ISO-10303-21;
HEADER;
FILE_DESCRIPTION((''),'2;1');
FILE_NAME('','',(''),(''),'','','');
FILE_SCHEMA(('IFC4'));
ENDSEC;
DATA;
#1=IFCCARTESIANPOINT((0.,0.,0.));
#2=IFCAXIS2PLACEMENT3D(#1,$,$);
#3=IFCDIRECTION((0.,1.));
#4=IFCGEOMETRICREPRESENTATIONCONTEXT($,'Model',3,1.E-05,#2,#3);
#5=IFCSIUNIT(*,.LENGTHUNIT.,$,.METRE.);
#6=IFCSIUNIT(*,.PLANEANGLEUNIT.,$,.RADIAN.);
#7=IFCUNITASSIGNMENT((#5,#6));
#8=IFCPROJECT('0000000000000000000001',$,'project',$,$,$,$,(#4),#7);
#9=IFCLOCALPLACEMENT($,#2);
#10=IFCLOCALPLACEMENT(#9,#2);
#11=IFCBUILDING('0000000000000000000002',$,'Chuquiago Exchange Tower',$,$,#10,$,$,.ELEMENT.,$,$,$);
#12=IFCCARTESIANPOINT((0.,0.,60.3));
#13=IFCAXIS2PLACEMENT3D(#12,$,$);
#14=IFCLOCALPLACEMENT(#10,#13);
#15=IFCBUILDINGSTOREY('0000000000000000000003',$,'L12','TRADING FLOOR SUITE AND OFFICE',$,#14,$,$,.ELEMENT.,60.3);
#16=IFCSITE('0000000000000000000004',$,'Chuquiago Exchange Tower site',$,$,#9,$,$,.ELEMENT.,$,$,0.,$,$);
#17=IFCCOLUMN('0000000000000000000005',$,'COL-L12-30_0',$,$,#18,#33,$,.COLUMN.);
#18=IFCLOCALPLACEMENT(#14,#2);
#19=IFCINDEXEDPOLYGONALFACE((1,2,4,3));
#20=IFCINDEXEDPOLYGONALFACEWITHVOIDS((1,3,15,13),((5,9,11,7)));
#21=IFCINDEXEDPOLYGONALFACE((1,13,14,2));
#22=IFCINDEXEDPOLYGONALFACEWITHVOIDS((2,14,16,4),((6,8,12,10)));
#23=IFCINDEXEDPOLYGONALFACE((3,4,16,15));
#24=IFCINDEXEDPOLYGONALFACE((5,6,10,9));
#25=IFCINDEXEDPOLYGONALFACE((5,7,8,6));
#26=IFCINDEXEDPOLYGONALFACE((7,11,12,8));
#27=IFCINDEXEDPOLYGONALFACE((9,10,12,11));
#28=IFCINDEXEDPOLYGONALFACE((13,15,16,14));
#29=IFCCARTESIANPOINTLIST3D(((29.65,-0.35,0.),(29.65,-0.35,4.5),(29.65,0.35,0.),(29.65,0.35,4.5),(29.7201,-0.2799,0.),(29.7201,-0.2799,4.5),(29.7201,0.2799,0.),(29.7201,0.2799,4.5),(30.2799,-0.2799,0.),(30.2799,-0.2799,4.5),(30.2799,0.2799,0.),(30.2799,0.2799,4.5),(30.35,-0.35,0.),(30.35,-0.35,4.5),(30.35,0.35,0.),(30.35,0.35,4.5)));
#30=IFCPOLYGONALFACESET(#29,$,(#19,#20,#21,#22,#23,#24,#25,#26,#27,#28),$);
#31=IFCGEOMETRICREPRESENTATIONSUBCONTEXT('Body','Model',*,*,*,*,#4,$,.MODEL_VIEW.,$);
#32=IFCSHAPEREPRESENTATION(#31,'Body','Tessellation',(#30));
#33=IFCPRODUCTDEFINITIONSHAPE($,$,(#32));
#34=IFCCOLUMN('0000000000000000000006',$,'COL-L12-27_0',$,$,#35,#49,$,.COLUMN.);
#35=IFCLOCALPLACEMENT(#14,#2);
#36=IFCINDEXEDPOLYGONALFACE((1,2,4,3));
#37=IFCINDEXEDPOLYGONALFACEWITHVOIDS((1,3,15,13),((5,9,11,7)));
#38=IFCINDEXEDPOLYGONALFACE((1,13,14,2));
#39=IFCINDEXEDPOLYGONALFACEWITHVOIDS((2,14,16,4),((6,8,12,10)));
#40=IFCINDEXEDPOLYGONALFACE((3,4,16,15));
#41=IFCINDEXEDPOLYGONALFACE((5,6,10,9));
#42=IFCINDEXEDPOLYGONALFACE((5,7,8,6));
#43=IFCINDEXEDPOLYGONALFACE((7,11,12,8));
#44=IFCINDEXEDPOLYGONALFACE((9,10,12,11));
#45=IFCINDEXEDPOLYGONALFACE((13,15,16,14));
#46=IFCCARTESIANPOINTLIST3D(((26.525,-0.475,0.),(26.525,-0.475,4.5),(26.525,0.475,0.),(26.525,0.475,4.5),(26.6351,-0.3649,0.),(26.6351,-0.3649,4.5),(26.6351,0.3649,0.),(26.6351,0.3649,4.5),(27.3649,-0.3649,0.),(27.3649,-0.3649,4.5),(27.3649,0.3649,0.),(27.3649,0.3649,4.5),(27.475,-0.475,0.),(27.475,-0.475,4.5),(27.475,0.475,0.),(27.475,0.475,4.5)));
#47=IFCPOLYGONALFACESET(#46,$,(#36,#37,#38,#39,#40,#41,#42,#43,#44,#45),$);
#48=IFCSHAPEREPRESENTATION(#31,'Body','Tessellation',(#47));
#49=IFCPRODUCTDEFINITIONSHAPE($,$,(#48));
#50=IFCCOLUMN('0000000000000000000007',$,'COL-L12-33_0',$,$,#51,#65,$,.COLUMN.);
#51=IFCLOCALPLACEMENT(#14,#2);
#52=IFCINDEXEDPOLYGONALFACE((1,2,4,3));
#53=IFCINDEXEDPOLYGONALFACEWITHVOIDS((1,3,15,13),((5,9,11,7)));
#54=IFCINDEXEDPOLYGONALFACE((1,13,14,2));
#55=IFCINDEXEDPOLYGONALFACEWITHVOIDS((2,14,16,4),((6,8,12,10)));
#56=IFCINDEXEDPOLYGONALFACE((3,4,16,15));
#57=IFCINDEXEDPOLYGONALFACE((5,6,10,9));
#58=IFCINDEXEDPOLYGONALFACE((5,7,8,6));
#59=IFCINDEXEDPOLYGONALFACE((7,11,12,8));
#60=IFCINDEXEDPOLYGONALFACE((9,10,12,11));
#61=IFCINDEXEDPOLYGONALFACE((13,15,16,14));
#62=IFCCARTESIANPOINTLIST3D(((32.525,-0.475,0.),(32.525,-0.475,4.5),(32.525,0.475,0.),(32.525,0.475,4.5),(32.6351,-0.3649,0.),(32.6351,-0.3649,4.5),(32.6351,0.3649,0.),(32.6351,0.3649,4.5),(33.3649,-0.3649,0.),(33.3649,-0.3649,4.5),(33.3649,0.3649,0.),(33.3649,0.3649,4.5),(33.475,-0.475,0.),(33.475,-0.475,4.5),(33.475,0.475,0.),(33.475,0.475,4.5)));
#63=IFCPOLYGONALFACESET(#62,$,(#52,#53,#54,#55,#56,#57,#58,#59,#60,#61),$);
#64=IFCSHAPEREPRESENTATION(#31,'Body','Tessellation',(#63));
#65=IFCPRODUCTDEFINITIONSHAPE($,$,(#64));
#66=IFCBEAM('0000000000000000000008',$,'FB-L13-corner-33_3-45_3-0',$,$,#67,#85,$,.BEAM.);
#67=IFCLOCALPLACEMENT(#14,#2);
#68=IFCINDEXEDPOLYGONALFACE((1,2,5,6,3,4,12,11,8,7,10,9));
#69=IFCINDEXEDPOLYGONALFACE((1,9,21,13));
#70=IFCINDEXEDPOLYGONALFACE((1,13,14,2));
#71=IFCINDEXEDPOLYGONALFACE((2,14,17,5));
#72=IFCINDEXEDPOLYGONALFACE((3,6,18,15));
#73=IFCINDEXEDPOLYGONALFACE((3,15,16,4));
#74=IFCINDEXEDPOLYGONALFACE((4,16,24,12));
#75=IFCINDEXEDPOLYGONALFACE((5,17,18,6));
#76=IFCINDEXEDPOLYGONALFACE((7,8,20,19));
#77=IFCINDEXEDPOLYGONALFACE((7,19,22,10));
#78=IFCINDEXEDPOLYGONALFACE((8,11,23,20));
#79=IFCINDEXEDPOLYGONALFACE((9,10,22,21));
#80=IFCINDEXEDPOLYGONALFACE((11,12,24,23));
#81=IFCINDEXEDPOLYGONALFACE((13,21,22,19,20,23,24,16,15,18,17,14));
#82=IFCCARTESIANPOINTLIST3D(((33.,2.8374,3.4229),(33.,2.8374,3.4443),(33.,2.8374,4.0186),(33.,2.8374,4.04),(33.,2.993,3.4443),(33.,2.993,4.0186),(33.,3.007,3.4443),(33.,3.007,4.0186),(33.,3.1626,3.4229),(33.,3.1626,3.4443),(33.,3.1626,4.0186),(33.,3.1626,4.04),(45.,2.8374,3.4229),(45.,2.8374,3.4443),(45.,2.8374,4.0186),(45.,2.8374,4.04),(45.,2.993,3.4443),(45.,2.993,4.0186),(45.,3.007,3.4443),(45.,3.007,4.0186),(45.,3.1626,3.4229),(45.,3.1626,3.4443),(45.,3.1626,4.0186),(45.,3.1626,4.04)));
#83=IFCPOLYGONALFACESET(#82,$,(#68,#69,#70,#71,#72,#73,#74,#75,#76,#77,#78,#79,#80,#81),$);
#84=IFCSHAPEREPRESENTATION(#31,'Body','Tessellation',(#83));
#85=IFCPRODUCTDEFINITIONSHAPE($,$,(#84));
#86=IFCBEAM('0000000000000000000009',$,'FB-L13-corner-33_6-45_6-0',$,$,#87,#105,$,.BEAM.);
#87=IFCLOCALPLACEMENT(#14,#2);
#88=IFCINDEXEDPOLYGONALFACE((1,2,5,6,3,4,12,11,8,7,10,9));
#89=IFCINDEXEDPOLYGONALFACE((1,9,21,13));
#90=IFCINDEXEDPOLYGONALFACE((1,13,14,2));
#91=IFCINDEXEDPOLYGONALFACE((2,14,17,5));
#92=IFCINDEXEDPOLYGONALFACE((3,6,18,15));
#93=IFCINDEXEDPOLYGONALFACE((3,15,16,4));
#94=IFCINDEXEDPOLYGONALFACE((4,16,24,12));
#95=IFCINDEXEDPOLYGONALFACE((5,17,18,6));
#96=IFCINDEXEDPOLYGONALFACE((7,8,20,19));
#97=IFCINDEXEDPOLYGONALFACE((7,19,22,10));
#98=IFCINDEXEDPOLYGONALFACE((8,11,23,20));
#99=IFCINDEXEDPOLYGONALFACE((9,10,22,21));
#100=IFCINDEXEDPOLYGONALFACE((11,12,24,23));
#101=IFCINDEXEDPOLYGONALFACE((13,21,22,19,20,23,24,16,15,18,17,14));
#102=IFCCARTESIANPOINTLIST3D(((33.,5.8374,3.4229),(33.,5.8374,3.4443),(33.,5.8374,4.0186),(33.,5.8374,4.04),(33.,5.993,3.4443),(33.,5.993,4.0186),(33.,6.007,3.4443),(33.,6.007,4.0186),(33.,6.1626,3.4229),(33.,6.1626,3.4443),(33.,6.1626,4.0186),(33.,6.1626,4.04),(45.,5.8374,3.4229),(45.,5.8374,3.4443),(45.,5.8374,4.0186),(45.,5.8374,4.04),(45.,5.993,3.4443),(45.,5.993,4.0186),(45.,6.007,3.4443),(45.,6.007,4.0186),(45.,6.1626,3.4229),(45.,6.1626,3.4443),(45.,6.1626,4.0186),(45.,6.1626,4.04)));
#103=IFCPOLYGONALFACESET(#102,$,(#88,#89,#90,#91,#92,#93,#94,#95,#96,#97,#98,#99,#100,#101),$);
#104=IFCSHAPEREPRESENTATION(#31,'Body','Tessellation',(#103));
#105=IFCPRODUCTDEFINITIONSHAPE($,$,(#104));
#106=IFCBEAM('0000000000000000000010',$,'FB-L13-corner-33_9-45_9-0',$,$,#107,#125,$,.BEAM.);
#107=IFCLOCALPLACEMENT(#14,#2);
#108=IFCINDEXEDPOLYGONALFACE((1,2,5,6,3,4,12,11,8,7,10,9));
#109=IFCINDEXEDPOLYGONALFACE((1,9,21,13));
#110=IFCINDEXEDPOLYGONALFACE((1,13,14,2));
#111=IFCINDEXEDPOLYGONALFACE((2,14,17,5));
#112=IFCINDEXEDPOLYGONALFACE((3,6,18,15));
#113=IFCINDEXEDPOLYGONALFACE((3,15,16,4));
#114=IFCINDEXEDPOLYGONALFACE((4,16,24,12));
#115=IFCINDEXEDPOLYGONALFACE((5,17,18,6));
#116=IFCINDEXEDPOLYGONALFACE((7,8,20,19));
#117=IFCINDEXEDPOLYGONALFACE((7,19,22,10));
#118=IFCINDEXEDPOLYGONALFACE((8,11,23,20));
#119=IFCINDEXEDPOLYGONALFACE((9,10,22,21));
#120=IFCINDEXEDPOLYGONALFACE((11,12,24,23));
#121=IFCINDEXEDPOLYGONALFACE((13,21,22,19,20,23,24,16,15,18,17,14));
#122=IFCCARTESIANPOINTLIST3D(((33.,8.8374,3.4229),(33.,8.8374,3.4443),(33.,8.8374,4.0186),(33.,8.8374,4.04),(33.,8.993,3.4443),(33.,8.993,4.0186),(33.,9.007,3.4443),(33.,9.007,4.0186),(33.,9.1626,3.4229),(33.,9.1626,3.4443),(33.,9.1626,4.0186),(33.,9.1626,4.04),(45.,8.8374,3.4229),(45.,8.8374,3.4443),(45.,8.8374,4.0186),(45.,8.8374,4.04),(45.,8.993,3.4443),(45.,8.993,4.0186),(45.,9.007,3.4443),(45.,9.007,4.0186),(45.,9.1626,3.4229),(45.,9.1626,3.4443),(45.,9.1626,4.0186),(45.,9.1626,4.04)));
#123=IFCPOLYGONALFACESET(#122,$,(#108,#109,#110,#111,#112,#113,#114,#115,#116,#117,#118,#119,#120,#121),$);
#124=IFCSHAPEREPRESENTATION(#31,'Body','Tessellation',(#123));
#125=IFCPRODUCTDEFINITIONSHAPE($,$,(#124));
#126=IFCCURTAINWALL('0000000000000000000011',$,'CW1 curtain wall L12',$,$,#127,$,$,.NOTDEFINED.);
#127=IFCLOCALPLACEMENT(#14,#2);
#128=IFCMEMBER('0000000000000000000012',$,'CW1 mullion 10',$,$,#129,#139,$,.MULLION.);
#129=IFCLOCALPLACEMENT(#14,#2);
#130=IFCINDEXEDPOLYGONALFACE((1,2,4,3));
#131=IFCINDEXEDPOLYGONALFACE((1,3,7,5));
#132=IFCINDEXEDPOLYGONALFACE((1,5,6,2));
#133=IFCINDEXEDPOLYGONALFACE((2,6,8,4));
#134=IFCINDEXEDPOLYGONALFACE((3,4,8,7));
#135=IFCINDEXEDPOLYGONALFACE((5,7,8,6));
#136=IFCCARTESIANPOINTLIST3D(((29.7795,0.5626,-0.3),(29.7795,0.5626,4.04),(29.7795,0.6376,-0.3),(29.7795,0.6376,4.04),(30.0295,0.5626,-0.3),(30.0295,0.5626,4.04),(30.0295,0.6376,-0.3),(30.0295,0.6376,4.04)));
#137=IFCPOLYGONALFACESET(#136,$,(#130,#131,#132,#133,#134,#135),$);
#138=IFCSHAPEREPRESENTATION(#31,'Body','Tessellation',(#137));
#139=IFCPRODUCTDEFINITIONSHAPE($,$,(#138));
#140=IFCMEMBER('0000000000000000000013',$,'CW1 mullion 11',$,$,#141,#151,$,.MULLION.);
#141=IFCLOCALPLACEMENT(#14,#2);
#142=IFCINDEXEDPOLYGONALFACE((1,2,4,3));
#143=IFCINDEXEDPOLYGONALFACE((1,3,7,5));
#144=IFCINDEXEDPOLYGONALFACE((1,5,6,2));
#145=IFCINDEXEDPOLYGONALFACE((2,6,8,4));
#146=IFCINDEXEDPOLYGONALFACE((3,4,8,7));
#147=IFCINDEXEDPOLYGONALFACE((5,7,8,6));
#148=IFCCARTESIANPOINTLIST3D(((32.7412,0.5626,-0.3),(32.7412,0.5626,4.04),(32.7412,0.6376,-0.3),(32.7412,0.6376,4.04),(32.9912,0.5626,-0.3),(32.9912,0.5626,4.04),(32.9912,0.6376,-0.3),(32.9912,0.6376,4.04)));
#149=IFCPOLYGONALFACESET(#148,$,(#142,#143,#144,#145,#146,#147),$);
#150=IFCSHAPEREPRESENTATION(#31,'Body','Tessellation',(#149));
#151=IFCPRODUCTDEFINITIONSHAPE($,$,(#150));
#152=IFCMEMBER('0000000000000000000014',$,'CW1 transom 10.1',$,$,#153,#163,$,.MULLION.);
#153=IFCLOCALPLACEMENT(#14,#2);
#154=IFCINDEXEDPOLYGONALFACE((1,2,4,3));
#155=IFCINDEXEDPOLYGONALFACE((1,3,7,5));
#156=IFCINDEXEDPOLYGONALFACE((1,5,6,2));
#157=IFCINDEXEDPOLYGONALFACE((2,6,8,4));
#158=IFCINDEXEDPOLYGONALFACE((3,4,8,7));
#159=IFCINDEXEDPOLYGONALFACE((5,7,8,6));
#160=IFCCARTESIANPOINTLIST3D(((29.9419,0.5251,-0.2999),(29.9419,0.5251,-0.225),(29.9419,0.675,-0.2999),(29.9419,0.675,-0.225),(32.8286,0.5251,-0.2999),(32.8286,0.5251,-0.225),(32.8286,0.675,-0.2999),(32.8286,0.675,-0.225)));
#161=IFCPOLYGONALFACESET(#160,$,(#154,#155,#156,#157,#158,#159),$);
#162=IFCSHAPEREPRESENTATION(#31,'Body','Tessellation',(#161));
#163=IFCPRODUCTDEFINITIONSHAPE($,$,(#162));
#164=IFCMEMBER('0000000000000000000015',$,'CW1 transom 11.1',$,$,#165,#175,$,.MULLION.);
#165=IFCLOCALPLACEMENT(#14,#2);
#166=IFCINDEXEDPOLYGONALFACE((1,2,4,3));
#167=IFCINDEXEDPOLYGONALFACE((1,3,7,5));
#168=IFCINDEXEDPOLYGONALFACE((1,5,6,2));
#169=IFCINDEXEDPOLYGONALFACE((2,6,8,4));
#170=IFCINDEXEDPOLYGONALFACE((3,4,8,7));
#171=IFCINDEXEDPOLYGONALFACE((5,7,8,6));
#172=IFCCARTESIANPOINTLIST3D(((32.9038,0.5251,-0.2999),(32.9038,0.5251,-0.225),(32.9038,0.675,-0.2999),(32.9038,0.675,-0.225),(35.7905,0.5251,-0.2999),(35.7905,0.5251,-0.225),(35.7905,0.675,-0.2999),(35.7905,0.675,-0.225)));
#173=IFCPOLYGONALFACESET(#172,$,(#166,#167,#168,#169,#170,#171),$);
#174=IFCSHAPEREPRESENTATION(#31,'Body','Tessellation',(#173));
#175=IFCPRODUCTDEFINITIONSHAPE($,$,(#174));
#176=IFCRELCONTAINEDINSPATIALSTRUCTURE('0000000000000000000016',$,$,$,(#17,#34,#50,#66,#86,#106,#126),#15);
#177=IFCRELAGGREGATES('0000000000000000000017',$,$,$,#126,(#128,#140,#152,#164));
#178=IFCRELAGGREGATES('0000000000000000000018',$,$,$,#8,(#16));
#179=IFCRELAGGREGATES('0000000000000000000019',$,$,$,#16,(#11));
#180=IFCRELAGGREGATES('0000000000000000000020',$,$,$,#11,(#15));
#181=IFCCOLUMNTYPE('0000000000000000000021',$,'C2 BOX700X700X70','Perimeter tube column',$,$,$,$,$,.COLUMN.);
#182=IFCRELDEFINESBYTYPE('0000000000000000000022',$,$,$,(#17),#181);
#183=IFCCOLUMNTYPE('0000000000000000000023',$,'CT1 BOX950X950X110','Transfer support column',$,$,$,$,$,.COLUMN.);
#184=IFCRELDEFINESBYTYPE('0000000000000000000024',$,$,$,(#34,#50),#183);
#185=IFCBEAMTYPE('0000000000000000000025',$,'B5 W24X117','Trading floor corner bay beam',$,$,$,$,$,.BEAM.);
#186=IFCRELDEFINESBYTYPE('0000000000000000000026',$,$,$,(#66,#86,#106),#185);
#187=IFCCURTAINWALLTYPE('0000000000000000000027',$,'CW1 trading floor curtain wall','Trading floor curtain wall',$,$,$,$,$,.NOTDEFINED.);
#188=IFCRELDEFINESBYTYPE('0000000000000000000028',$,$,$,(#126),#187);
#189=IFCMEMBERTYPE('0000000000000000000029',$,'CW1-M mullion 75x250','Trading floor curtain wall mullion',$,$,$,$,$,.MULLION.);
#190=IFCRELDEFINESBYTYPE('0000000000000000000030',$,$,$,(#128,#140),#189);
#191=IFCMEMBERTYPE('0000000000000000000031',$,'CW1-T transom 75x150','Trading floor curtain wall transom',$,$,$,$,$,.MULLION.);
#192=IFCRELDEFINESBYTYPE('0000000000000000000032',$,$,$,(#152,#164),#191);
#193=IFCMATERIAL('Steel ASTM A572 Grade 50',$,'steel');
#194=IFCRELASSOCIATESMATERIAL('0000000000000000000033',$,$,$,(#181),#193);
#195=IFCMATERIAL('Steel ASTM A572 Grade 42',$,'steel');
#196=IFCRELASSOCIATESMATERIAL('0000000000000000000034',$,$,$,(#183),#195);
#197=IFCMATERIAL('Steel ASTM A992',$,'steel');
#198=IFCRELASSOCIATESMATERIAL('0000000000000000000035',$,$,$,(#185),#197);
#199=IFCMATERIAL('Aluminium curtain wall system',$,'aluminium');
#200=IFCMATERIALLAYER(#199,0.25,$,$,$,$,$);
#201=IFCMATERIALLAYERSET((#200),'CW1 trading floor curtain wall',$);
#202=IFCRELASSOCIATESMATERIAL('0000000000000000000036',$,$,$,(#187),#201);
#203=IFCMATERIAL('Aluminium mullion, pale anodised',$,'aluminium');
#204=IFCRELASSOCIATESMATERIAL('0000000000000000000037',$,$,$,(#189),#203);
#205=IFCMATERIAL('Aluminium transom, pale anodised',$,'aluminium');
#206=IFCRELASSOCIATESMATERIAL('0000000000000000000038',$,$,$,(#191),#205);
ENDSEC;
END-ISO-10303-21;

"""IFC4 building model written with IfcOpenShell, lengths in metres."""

from ifc_helpers import new_model, si_unit, direction, frame, origin, origin_2d, place, context, subcontext, project, spatial, rectangle, hollow_rectangle, i_section, extrude, material, layer, layer_set, material_profile, profile_set, type_object, element, aggregate, save


model = new_model("IFC4")

# Units and contexts
model_context = context("Model", 3, precision=1e-05, world=origin(), true_north=direction((0.0, 1.0)))
body_context = subcontext(model_context, "Body", "Model", "MODEL_VIEW")
ifc_project = project(units=[si_unit("LENGTHUNIT", "METRE"), si_unit("PLANEANGLEUNIT", "RADIAN")], contexts=[model_context])

# Site, building, storey
site_placement = place(None, origin())
site = spatial("IfcSite", under=ifc_project, at=site_placement, Name="Chuquiago Exchange Tower site", CompositionType="ELEMENT", RefElevation=0.0)
building_placement = place(site_placement, origin())
building = spatial("IfcBuilding", under=site, at=building_placement, Name="Chuquiago Exchange Tower", CompositionType="ELEMENT")
storey_placement = place(building_placement, frame((0.0, 0.0, 60.3)))
storey = spatial("IfcBuildingStorey", under=building, at=storey_placement, Name="L12", Description="TRADING FLOOR SUITE AND OFFICE", CompositionType="ELEMENT", Elevation=60.3)

# Columns
ifc_material_1 = material(Name="Steel ASTM A572 Grade 50", Category="steel")
ifc_material_profile_1 = material_profile(ifc_material_1, hollow_rectangle(XDim=0.7, YDim=0.7, WallThickness=0.0701, at=origin_2d()), Name="BOX700X700X70")
ifc_profile_set_1 = profile_set([ifc_material_profile_1], Name="Steel ASTM A572 Grade 50")
column_type_1 = type_object("IfcColumnType", Name="C2 BOX700X700X70", Description="Perimeter tube column", PredefinedType="COLUMN", material=ifc_profile_set_1)
column_placement = place(storey_placement, frame((30.0, 0.0, 0.0), z_axis=(0.0, 0.0, 1.0), x_axis=(0.0, -1.0, 0.0)))
element("IfcColumn", 1, at=column_placement, inside=storey, type_object=column_type_1, Name="COL-L12-30_0", PredefinedType="COLUMN", context=body_context, shape_type="SweptSolid", body=[
    extrude(hollow_rectangle(XDim=0.7, YDim=0.7, WallThickness=0.0701, at=origin_2d()), origin(), (0.0, 0.0, 1.0), 4.5),
])
ifc_material_2 = material(Name="Steel ASTM A572 Grade 42", Category="steel")
ifc_material_profile_2 = material_profile(ifc_material_2, hollow_rectangle(XDim=0.95, YDim=0.95, WallThickness=0.1101, at=origin_2d()), Name="BOX950X950X110")
ifc_profile_set_2 = profile_set([ifc_material_profile_2], Name="Steel ASTM A572 Grade 42")
column_type_2 = type_object("IfcColumnType", Name="CT1 BOX950X950X110", Description="Transfer support column", PredefinedType="COLUMN", material=ifc_profile_set_2)
for number, where, z_axis, x_axis, name in (
    (2, (27.0, 0.0, 0.0), (0.0, 0.0, 1.0), (0.0, -1.0, 0.0), "COL-L12-27_0"),
    (3, (33.0, 0.0, 0.0), (0.0, 0.0, 1.0), (0.0, -1.0, 0.0), "COL-L12-33_0"),
):
    element("IfcColumn", number, at=place(storey_placement, frame(where, z_axis=z_axis, x_axis=x_axis)), inside=storey, type_object=column_type_2, Name=name, PredefinedType="COLUMN", context=body_context, shape_type="SweptSolid", body=[
        extrude(hollow_rectangle(XDim=0.95, YDim=0.95, WallThickness=0.1101, at=origin_2d()), origin(), (0.0, 0.0, 1.0), 4.5),
    ])

# Beams
ifc_material_3 = material(Name="Steel ASTM A992", Category="steel")
ifc_material_profile_3 = material_profile(ifc_material_3, i_section(OverallWidth=0.3252, OverallDepth=0.6172, WebThickness=0.0139, FlangeThickness=0.0215, at=origin_2d()), Name="W24X117")
ifc_profile_set_3 = profile_set([ifc_material_profile_3], Name="Steel ASTM A992")
beam_type_1 = type_object("IfcBeamType", Name="B5 W24X117", Description="Trading floor corner bay beam", PredefinedType="BEAM", material=ifc_profile_set_3)
for number, where, z_axis, x_axis, name in (
    (4, (33.0, 3.0, 3.7314), (1.0, 0.0, 0.0), (0.0, 1.0, 0.0), "FB-L13-corner-33_3-45_3-0"),
    (5, (33.0, 6.0, 3.7314), (1.0, 0.0, 0.0), (0.0, 1.0, 0.0), "FB-L13-corner-33_6-45_6-0"),
    (6, (33.0, 9.0, 3.7314), (1.0, 0.0, 0.0), (0.0, 1.0, 0.0), "FB-L13-corner-33_9-45_9-0"),
):
    element("IfcBeam", number, at=place(storey_placement, frame(where, z_axis=z_axis, x_axis=x_axis)), inside=storey, type_object=beam_type_1, Name=name, PredefinedType="BEAM", context=body_context, shape_type="SweptSolid", body=[
        extrude(i_section(OverallWidth=0.3252, OverallDepth=0.6172, WebThickness=0.0139, FlangeThickness=0.0215, at=origin_2d()), origin(), (0.0, 0.0, 1.0), 12.0),
    ])

# Curtain wall, members
ifc_material_4 = material(Name="Aluminium curtain wall system", Category="aluminium")
ifc_layer_1 = layer(ifc_material_4, 0.25)
ifc_layer_set_1 = layer_set([ifc_layer_1], Name="CW1 trading floor curtain wall")
curtain_wall_type = type_object("IfcCurtainWallType", Name="CW1 trading floor curtain wall", Description="Trading floor curtain wall", PredefinedType="NOTDEFINED", material=ifc_layer_set_1)
curtain_wall_placement = place(storey_placement, origin())
curtain_wall = element("IfcCurtainWall", 7, at=curtain_wall_placement, inside=storey, type_object=curtain_wall_type, Name="CW1 curtain wall L12", PredefinedType="NOTDEFINED")
ifc_material_5 = material(Name="Aluminium mullion, pale anodised", Category="aluminium")
ifc_material_profile_4 = material_profile(ifc_material_5, rectangle(XDim=0.075, YDim=0.25, at=origin_2d()), Name="AL 75x250")
ifc_profile_set_4 = profile_set([ifc_material_profile_4], Name="Aluminium mullion, pale anodised")
member_type_1 = type_object("IfcMemberType", Name="CW1-M mullion 75x250", Description="Trading floor curtain wall mullion", PredefinedType="MULLION", material=ifc_profile_set_4)
member_1_placement = place(storey_placement, frame((29.9045, 0.6001, -0.3), z_axis=(0.0, 0.0, 1.0), x_axis=(0.0, 1.0, 0.0)))
member_1 = element("IfcMember", 8, at=member_1_placement, type_object=member_type_1, Name="CW1 mullion 10", PredefinedType="MULLION", context=body_context, shape_type="SweptSolid", body=[
    extrude(rectangle(XDim=0.075, YDim=0.25, at=origin_2d()), origin(), (0.0, 0.0, 1.0), 4.3401),
])
member_2_placement = place(storey_placement, frame((32.8662, 0.6001, -0.3), z_axis=(0.0, 0.0, 1.0), x_axis=(0.0, 1.0, 0.0)))
member_2 = element("IfcMember", 9, at=member_2_placement, type_object=member_type_1, Name="CW1 mullion 11", PredefinedType="MULLION", context=body_context, shape_type="SweptSolid", body=[
    extrude(rectangle(XDim=0.075, YDim=0.25, at=origin_2d()), origin(), (0.0, 0.0, 1.0), 4.3401),
])
ifc_material_6 = material(Name="Aluminium transom, pale anodised", Category="aluminium")
ifc_material_profile_5 = material_profile(ifc_material_6, rectangle(XDim=0.1499, YDim=0.075, at=origin_2d()), Name="AL 150x75")
ifc_profile_set_5 = profile_set([ifc_material_profile_5], Name="Aluminium transom, pale anodised")
member_type_2 = type_object("IfcMemberType", Name="CW1-T transom 75x150", Description="Trading floor curtain wall transom", PredefinedType="MULLION", material=ifc_profile_set_5)
member_3_placement = place(storey_placement, frame((29.9419, 0.6001, -0.2625), z_axis=(1.0, 0.0, 0.0), x_axis=(0.0, 1.0, 0.0)))
member_3 = element("IfcMember", 10, at=member_3_placement, type_object=member_type_2, Name="CW1 transom 10.1", PredefinedType="MULLION", context=body_context, shape_type="SweptSolid", body=[
    extrude(rectangle(XDim=0.1499, YDim=0.075, at=origin_2d()), origin(), (0.0, 0.0, 1.0), 2.8867),
])
member_4_placement = place(storey_placement, frame((32.9038, 0.6001, -0.2625), z_axis=(1.0, 0.0, 0.0), x_axis=(0.0, 1.0, 0.0)))
member_4 = element("IfcMember", 11, at=member_4_placement, type_object=member_type_2, Name="CW1 transom 11.1", PredefinedType="MULLION", context=body_context, shape_type="SweptSolid", body=[
    extrude(rectangle(XDim=0.1499, YDim=0.075, at=origin_2d()), origin(), (0.0, 0.0, 1.0), 2.8867),
])

aggregate(curtain_wall, [member_1, member_2, member_3, member_4])

save(model, "model.ifc")
